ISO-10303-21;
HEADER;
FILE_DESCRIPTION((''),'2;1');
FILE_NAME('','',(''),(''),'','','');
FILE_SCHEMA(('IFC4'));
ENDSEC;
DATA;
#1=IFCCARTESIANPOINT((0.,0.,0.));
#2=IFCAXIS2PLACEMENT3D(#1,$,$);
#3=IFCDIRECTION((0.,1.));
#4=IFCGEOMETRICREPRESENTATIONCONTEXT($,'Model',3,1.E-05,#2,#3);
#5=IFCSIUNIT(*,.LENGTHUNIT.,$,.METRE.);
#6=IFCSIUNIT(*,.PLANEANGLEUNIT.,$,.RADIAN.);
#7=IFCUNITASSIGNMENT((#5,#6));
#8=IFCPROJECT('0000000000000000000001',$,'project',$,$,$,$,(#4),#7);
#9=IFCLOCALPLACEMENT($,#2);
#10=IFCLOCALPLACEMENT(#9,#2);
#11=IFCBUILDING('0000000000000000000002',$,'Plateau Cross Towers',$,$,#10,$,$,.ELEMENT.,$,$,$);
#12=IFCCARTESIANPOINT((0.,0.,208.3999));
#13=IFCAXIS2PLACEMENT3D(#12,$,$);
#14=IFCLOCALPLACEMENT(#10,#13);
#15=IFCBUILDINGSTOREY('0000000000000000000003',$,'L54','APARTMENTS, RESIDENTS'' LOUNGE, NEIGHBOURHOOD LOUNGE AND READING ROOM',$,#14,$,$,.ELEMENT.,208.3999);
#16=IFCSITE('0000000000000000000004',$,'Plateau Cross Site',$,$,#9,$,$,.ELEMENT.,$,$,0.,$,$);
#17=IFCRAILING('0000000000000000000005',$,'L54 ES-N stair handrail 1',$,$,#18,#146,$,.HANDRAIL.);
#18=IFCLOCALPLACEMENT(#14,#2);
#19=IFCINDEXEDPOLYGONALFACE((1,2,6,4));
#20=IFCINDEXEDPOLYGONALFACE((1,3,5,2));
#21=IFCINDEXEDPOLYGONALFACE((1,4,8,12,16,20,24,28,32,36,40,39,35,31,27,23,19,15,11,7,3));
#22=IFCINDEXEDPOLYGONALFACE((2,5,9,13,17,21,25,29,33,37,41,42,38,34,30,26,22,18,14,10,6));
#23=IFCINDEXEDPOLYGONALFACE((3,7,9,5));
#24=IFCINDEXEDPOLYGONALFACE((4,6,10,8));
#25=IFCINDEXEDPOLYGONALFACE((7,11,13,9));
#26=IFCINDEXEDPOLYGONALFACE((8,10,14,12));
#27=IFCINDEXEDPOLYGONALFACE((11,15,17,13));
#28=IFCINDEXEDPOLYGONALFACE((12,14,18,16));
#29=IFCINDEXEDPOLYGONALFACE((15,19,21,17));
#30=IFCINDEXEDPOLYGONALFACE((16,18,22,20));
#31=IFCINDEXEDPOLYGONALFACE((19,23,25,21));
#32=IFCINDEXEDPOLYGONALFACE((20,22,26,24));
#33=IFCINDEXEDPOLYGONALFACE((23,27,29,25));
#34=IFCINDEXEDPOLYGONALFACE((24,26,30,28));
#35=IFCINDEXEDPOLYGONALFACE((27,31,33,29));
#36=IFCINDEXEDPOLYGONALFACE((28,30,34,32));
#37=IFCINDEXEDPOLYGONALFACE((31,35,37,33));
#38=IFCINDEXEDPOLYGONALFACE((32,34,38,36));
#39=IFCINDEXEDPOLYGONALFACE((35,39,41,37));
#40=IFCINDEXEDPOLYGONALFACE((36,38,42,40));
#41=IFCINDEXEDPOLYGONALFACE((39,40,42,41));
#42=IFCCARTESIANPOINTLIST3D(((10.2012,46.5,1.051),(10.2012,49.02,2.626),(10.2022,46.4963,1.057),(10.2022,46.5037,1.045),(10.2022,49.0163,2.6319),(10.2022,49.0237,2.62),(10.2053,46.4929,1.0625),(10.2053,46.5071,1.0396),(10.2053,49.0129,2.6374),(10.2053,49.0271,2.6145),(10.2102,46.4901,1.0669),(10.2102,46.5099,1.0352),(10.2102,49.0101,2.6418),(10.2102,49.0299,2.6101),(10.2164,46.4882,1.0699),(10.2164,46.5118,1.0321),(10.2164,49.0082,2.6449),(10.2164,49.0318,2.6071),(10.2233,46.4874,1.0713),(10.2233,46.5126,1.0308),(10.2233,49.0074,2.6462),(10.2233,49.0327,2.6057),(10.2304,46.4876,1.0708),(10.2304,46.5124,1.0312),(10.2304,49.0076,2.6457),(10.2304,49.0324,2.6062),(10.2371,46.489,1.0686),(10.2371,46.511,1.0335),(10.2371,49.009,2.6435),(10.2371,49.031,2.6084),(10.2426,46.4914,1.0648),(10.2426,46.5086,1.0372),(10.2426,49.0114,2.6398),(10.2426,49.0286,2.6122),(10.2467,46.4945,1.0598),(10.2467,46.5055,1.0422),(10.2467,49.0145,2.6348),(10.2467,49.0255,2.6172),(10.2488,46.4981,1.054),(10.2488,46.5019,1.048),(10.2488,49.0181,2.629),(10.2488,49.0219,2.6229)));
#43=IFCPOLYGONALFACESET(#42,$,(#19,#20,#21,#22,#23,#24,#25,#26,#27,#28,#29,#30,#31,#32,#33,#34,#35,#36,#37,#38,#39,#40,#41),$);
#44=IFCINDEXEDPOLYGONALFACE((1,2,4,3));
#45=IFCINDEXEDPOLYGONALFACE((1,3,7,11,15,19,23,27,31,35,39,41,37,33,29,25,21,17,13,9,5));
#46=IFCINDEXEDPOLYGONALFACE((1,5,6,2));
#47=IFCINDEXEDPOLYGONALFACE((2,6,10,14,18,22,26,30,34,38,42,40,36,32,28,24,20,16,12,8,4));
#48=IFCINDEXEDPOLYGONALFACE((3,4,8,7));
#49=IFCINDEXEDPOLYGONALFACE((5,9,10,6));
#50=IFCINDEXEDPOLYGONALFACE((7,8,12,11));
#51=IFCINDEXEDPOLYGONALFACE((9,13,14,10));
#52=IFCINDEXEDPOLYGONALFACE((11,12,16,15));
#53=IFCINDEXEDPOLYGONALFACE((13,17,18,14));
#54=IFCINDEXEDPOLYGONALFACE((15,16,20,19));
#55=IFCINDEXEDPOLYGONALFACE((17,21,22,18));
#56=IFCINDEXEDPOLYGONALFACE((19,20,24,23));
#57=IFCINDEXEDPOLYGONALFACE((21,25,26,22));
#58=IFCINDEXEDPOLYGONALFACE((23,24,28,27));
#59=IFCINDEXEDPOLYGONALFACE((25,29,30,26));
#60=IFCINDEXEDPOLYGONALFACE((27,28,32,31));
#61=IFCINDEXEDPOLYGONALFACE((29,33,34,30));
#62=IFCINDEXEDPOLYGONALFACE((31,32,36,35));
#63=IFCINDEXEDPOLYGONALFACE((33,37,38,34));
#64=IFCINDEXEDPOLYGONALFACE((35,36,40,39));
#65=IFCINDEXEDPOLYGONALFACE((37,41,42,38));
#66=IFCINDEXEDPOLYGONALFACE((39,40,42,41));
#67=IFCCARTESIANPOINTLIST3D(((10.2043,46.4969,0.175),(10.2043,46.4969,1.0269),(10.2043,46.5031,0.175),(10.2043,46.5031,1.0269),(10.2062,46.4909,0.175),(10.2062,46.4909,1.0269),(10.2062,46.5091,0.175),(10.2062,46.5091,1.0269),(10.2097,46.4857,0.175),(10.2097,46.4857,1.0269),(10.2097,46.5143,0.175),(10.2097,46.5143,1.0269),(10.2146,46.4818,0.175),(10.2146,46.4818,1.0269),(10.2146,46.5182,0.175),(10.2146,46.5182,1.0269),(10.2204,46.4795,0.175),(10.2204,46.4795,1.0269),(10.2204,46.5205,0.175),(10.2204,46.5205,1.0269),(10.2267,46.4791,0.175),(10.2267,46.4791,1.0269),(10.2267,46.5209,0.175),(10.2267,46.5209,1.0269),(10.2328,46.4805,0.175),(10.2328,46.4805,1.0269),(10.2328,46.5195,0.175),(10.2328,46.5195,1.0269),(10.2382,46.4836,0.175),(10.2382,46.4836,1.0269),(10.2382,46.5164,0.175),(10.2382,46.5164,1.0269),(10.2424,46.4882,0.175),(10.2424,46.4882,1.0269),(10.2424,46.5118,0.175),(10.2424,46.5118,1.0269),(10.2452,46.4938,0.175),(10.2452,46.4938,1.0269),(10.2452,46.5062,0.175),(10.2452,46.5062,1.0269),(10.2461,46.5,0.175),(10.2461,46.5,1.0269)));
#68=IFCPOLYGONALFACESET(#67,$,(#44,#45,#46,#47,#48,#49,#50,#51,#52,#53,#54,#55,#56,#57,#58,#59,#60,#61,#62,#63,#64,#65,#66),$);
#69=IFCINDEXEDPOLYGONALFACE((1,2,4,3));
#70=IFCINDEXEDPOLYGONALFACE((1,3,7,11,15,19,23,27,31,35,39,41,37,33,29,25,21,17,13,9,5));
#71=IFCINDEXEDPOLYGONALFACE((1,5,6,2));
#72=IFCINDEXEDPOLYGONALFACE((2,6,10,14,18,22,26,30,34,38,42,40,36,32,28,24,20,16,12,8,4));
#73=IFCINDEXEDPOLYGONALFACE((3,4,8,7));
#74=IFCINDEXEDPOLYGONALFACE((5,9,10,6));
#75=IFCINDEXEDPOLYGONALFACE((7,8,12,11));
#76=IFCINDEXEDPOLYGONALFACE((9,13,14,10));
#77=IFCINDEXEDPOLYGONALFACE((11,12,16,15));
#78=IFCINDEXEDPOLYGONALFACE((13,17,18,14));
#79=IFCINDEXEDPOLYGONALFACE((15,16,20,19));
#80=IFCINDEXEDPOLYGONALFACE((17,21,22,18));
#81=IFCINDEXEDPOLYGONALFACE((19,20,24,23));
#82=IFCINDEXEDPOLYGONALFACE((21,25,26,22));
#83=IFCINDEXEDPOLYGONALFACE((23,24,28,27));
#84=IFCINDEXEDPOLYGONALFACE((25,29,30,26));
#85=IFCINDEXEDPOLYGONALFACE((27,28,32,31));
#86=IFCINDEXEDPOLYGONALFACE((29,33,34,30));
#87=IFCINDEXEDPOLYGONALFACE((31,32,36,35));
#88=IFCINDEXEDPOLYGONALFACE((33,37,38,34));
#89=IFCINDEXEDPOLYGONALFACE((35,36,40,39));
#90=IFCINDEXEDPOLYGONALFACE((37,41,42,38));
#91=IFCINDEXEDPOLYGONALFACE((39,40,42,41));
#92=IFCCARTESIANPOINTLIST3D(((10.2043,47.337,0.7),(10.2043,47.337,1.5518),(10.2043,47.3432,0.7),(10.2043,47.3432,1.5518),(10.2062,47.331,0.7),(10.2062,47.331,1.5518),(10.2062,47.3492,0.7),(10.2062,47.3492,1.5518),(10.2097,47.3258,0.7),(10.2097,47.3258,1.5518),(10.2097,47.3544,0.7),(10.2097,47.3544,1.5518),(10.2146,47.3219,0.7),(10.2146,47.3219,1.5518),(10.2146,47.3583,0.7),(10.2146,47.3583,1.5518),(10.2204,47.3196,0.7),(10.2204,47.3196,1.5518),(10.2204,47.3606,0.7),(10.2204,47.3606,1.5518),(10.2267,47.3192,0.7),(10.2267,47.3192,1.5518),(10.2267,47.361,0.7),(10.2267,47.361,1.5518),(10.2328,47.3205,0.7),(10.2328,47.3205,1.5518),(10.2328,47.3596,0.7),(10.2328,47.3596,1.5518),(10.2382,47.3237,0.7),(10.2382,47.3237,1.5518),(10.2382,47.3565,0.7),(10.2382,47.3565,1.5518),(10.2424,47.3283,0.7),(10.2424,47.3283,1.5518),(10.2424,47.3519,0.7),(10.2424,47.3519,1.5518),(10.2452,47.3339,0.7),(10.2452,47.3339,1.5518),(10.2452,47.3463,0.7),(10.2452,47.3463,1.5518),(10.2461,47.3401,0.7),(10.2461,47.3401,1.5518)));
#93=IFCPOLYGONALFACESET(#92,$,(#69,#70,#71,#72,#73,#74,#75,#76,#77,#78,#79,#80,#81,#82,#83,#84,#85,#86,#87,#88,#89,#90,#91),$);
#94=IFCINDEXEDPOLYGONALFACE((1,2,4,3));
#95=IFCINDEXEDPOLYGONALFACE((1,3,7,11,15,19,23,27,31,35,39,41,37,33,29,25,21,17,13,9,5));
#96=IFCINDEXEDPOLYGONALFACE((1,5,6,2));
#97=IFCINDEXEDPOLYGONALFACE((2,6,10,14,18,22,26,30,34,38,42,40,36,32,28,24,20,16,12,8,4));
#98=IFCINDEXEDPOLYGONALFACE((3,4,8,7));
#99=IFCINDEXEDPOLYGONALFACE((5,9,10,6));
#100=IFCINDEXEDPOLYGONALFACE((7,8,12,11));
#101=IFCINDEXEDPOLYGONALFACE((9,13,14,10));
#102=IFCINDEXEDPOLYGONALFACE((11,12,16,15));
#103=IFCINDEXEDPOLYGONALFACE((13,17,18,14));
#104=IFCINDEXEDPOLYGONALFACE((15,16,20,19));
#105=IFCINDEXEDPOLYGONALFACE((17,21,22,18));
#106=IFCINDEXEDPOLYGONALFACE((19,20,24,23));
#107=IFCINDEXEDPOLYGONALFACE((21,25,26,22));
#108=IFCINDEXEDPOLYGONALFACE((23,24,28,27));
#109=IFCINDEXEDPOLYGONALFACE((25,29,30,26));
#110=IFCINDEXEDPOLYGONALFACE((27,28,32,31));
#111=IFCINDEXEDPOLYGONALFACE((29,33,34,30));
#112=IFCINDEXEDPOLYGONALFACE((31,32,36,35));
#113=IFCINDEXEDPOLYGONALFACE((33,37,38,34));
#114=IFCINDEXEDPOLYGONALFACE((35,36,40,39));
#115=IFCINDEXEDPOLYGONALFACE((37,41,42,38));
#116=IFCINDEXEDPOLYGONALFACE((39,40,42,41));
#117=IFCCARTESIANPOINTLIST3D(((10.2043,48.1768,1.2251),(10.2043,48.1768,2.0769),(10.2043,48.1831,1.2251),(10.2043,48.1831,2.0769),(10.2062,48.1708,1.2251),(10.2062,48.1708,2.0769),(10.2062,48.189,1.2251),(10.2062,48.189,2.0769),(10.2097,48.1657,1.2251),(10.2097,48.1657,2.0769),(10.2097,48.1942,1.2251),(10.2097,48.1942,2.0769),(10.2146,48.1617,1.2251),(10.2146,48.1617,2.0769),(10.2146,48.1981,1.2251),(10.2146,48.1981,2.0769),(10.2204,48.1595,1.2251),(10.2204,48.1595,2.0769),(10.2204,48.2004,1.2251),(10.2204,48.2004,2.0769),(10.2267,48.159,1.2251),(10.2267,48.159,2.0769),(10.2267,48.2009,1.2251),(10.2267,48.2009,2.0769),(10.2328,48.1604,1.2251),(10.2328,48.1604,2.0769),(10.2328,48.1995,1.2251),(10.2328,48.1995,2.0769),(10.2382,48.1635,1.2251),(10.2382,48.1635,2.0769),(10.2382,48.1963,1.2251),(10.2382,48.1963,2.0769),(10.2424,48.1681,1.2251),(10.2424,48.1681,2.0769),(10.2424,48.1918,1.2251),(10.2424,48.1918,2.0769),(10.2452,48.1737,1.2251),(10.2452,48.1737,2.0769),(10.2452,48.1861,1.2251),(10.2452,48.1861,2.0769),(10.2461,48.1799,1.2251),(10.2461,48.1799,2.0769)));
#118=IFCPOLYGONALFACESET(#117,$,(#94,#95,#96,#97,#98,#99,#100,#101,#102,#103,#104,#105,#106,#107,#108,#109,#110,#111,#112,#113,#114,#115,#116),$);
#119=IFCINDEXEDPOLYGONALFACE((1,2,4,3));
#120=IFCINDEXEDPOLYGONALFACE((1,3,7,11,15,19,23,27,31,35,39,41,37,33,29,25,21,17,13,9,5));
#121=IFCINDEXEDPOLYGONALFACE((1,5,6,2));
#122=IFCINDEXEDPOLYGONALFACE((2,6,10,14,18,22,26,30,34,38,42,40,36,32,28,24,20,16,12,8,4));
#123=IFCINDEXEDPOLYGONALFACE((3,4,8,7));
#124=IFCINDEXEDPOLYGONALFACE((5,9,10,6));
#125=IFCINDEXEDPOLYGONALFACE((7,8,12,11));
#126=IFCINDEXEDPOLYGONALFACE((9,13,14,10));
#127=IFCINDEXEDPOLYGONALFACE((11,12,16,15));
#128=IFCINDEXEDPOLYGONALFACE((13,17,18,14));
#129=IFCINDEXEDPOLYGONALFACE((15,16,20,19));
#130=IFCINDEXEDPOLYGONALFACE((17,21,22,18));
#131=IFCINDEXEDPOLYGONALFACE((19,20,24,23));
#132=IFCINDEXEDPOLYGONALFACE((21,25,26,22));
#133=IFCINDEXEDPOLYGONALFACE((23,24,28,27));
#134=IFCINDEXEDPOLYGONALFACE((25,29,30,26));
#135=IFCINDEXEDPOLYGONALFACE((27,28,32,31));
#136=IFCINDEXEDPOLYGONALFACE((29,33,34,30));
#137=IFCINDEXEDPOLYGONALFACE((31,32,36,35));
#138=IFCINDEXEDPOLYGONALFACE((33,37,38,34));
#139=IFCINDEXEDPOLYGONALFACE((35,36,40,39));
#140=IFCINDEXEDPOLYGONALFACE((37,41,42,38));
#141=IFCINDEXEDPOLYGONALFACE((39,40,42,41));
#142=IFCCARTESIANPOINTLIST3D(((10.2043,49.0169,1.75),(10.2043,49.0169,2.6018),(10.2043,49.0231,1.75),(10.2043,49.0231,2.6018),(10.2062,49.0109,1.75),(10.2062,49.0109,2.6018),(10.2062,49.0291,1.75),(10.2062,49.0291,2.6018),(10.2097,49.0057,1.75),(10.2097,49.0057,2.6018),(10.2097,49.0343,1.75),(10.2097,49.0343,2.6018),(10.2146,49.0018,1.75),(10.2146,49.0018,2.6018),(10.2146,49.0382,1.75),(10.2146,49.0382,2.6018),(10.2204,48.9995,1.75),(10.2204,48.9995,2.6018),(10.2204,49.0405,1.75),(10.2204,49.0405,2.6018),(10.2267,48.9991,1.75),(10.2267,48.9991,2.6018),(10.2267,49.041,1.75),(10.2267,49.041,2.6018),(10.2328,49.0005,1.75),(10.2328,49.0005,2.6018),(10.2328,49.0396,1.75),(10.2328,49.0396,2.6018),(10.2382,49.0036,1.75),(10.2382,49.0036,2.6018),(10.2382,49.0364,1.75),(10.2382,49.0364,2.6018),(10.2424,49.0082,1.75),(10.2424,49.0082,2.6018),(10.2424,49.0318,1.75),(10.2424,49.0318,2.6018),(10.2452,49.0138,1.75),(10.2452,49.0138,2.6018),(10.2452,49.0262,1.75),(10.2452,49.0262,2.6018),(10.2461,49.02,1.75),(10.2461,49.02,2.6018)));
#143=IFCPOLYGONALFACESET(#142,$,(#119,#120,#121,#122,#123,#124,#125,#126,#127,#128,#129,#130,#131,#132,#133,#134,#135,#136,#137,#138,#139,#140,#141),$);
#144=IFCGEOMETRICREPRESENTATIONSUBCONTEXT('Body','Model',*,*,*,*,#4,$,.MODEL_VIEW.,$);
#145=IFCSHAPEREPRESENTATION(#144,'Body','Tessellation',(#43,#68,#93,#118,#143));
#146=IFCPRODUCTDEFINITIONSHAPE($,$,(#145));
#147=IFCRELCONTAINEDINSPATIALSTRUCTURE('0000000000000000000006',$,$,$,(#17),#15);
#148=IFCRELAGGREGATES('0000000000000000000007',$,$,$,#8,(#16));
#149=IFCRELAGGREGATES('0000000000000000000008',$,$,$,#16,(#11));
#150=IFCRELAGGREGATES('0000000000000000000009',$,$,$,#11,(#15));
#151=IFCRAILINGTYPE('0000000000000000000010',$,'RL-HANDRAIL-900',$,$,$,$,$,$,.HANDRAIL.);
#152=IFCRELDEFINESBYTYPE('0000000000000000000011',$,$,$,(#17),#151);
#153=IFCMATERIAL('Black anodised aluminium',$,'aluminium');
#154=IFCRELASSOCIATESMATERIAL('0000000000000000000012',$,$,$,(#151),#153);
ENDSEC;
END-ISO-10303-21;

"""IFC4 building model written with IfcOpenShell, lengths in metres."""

from ifc_helpers import new_model, si_unit, direction, frame, origin, origin_2d, place, context, subcontext, project, spatial, circle, extrude, material, type_object, element, save


model = new_model("IFC4")

# Units and contexts
model_context = context("Model", 3, precision=1e-05, world=origin(), true_north=direction((0.0, 1.0)))
body_context = subcontext(model_context, "Body", "Model", "MODEL_VIEW")
ifc_project = project(units=[si_unit("LENGTHUNIT", "METRE"), si_unit("PLANEANGLEUNIT", "RADIAN")], contexts=[model_context])

# Site, building, storey
site_placement = place(None, origin())
site = spatial("IfcSite", under=ifc_project, at=site_placement, Name="Plateau Cross Site", CompositionType="ELEMENT", RefElevation=0.0)
building_placement = place(site_placement, origin())
building = spatial("IfcBuilding", under=site, at=building_placement, Name="Plateau Cross Towers", CompositionType="ELEMENT")
storey_placement = place(building_placement, frame((0.0, 0.0, 208.3999)))
storey = spatial("IfcBuildingStorey", under=building, at=storey_placement, Name="L54", Description="APARTMENTS, RESIDENTS' LOUNGE, NEIGHBOURHOOD LOUNGE AND READING ROOM", CompositionType="ELEMENT", Elevation=208.3999)

# Shared definitions
ifc_material_1 = material(Name="Black anodised aluminium", Category="aluminium")

# Railing
railing_type_1 = type_object("IfcRailingType", Name="RL-HANDRAIL-900", PredefinedType="HANDRAIL", material=ifc_material_1)
railing_1_placement = place(storey_placement, frame((10.2251, 46.5, 0.175)))
element("IfcRailing", 1, at=railing_1_placement, inside=storey, type_object=railing_type_1, Name="L54 ES-N stair handrail 1", PredefinedType="HANDRAIL", context=body_context, shape_type="SweptSolid", body=[
    extrude(circle(Radius=0.0239, at=origin_2d()), frame((0.0, 0.0, 0.876), z_axis=(0.0, 0.848008, 0.529984), x_axis=(-1.0, 0.0, 0.0)), (0.0, 0.0, 1.0), 2.9717),
    extrude(circle(Radius=0.021, at=origin_2d()), origin(), (0.0, 0.0, 1.0), 0.8518),
    extrude(circle(Radius=0.021, at=origin_2d()), frame((0.0, 0.8401, 0.5249)), (0.0, 0.0, 1.0), 0.8518),
    extrude(circle(Radius=0.021, at=origin_2d()), frame((0.0, 1.6799, 1.05)), (0.0, 0.0, 1.0), 0.8518),
    extrude(circle(Radius=0.021, at=origin_2d()), frame((0.0, 2.52, 1.575)), (0.0, 0.0, 1.0), 0.8518),
])

save(model, "model.ifc")
